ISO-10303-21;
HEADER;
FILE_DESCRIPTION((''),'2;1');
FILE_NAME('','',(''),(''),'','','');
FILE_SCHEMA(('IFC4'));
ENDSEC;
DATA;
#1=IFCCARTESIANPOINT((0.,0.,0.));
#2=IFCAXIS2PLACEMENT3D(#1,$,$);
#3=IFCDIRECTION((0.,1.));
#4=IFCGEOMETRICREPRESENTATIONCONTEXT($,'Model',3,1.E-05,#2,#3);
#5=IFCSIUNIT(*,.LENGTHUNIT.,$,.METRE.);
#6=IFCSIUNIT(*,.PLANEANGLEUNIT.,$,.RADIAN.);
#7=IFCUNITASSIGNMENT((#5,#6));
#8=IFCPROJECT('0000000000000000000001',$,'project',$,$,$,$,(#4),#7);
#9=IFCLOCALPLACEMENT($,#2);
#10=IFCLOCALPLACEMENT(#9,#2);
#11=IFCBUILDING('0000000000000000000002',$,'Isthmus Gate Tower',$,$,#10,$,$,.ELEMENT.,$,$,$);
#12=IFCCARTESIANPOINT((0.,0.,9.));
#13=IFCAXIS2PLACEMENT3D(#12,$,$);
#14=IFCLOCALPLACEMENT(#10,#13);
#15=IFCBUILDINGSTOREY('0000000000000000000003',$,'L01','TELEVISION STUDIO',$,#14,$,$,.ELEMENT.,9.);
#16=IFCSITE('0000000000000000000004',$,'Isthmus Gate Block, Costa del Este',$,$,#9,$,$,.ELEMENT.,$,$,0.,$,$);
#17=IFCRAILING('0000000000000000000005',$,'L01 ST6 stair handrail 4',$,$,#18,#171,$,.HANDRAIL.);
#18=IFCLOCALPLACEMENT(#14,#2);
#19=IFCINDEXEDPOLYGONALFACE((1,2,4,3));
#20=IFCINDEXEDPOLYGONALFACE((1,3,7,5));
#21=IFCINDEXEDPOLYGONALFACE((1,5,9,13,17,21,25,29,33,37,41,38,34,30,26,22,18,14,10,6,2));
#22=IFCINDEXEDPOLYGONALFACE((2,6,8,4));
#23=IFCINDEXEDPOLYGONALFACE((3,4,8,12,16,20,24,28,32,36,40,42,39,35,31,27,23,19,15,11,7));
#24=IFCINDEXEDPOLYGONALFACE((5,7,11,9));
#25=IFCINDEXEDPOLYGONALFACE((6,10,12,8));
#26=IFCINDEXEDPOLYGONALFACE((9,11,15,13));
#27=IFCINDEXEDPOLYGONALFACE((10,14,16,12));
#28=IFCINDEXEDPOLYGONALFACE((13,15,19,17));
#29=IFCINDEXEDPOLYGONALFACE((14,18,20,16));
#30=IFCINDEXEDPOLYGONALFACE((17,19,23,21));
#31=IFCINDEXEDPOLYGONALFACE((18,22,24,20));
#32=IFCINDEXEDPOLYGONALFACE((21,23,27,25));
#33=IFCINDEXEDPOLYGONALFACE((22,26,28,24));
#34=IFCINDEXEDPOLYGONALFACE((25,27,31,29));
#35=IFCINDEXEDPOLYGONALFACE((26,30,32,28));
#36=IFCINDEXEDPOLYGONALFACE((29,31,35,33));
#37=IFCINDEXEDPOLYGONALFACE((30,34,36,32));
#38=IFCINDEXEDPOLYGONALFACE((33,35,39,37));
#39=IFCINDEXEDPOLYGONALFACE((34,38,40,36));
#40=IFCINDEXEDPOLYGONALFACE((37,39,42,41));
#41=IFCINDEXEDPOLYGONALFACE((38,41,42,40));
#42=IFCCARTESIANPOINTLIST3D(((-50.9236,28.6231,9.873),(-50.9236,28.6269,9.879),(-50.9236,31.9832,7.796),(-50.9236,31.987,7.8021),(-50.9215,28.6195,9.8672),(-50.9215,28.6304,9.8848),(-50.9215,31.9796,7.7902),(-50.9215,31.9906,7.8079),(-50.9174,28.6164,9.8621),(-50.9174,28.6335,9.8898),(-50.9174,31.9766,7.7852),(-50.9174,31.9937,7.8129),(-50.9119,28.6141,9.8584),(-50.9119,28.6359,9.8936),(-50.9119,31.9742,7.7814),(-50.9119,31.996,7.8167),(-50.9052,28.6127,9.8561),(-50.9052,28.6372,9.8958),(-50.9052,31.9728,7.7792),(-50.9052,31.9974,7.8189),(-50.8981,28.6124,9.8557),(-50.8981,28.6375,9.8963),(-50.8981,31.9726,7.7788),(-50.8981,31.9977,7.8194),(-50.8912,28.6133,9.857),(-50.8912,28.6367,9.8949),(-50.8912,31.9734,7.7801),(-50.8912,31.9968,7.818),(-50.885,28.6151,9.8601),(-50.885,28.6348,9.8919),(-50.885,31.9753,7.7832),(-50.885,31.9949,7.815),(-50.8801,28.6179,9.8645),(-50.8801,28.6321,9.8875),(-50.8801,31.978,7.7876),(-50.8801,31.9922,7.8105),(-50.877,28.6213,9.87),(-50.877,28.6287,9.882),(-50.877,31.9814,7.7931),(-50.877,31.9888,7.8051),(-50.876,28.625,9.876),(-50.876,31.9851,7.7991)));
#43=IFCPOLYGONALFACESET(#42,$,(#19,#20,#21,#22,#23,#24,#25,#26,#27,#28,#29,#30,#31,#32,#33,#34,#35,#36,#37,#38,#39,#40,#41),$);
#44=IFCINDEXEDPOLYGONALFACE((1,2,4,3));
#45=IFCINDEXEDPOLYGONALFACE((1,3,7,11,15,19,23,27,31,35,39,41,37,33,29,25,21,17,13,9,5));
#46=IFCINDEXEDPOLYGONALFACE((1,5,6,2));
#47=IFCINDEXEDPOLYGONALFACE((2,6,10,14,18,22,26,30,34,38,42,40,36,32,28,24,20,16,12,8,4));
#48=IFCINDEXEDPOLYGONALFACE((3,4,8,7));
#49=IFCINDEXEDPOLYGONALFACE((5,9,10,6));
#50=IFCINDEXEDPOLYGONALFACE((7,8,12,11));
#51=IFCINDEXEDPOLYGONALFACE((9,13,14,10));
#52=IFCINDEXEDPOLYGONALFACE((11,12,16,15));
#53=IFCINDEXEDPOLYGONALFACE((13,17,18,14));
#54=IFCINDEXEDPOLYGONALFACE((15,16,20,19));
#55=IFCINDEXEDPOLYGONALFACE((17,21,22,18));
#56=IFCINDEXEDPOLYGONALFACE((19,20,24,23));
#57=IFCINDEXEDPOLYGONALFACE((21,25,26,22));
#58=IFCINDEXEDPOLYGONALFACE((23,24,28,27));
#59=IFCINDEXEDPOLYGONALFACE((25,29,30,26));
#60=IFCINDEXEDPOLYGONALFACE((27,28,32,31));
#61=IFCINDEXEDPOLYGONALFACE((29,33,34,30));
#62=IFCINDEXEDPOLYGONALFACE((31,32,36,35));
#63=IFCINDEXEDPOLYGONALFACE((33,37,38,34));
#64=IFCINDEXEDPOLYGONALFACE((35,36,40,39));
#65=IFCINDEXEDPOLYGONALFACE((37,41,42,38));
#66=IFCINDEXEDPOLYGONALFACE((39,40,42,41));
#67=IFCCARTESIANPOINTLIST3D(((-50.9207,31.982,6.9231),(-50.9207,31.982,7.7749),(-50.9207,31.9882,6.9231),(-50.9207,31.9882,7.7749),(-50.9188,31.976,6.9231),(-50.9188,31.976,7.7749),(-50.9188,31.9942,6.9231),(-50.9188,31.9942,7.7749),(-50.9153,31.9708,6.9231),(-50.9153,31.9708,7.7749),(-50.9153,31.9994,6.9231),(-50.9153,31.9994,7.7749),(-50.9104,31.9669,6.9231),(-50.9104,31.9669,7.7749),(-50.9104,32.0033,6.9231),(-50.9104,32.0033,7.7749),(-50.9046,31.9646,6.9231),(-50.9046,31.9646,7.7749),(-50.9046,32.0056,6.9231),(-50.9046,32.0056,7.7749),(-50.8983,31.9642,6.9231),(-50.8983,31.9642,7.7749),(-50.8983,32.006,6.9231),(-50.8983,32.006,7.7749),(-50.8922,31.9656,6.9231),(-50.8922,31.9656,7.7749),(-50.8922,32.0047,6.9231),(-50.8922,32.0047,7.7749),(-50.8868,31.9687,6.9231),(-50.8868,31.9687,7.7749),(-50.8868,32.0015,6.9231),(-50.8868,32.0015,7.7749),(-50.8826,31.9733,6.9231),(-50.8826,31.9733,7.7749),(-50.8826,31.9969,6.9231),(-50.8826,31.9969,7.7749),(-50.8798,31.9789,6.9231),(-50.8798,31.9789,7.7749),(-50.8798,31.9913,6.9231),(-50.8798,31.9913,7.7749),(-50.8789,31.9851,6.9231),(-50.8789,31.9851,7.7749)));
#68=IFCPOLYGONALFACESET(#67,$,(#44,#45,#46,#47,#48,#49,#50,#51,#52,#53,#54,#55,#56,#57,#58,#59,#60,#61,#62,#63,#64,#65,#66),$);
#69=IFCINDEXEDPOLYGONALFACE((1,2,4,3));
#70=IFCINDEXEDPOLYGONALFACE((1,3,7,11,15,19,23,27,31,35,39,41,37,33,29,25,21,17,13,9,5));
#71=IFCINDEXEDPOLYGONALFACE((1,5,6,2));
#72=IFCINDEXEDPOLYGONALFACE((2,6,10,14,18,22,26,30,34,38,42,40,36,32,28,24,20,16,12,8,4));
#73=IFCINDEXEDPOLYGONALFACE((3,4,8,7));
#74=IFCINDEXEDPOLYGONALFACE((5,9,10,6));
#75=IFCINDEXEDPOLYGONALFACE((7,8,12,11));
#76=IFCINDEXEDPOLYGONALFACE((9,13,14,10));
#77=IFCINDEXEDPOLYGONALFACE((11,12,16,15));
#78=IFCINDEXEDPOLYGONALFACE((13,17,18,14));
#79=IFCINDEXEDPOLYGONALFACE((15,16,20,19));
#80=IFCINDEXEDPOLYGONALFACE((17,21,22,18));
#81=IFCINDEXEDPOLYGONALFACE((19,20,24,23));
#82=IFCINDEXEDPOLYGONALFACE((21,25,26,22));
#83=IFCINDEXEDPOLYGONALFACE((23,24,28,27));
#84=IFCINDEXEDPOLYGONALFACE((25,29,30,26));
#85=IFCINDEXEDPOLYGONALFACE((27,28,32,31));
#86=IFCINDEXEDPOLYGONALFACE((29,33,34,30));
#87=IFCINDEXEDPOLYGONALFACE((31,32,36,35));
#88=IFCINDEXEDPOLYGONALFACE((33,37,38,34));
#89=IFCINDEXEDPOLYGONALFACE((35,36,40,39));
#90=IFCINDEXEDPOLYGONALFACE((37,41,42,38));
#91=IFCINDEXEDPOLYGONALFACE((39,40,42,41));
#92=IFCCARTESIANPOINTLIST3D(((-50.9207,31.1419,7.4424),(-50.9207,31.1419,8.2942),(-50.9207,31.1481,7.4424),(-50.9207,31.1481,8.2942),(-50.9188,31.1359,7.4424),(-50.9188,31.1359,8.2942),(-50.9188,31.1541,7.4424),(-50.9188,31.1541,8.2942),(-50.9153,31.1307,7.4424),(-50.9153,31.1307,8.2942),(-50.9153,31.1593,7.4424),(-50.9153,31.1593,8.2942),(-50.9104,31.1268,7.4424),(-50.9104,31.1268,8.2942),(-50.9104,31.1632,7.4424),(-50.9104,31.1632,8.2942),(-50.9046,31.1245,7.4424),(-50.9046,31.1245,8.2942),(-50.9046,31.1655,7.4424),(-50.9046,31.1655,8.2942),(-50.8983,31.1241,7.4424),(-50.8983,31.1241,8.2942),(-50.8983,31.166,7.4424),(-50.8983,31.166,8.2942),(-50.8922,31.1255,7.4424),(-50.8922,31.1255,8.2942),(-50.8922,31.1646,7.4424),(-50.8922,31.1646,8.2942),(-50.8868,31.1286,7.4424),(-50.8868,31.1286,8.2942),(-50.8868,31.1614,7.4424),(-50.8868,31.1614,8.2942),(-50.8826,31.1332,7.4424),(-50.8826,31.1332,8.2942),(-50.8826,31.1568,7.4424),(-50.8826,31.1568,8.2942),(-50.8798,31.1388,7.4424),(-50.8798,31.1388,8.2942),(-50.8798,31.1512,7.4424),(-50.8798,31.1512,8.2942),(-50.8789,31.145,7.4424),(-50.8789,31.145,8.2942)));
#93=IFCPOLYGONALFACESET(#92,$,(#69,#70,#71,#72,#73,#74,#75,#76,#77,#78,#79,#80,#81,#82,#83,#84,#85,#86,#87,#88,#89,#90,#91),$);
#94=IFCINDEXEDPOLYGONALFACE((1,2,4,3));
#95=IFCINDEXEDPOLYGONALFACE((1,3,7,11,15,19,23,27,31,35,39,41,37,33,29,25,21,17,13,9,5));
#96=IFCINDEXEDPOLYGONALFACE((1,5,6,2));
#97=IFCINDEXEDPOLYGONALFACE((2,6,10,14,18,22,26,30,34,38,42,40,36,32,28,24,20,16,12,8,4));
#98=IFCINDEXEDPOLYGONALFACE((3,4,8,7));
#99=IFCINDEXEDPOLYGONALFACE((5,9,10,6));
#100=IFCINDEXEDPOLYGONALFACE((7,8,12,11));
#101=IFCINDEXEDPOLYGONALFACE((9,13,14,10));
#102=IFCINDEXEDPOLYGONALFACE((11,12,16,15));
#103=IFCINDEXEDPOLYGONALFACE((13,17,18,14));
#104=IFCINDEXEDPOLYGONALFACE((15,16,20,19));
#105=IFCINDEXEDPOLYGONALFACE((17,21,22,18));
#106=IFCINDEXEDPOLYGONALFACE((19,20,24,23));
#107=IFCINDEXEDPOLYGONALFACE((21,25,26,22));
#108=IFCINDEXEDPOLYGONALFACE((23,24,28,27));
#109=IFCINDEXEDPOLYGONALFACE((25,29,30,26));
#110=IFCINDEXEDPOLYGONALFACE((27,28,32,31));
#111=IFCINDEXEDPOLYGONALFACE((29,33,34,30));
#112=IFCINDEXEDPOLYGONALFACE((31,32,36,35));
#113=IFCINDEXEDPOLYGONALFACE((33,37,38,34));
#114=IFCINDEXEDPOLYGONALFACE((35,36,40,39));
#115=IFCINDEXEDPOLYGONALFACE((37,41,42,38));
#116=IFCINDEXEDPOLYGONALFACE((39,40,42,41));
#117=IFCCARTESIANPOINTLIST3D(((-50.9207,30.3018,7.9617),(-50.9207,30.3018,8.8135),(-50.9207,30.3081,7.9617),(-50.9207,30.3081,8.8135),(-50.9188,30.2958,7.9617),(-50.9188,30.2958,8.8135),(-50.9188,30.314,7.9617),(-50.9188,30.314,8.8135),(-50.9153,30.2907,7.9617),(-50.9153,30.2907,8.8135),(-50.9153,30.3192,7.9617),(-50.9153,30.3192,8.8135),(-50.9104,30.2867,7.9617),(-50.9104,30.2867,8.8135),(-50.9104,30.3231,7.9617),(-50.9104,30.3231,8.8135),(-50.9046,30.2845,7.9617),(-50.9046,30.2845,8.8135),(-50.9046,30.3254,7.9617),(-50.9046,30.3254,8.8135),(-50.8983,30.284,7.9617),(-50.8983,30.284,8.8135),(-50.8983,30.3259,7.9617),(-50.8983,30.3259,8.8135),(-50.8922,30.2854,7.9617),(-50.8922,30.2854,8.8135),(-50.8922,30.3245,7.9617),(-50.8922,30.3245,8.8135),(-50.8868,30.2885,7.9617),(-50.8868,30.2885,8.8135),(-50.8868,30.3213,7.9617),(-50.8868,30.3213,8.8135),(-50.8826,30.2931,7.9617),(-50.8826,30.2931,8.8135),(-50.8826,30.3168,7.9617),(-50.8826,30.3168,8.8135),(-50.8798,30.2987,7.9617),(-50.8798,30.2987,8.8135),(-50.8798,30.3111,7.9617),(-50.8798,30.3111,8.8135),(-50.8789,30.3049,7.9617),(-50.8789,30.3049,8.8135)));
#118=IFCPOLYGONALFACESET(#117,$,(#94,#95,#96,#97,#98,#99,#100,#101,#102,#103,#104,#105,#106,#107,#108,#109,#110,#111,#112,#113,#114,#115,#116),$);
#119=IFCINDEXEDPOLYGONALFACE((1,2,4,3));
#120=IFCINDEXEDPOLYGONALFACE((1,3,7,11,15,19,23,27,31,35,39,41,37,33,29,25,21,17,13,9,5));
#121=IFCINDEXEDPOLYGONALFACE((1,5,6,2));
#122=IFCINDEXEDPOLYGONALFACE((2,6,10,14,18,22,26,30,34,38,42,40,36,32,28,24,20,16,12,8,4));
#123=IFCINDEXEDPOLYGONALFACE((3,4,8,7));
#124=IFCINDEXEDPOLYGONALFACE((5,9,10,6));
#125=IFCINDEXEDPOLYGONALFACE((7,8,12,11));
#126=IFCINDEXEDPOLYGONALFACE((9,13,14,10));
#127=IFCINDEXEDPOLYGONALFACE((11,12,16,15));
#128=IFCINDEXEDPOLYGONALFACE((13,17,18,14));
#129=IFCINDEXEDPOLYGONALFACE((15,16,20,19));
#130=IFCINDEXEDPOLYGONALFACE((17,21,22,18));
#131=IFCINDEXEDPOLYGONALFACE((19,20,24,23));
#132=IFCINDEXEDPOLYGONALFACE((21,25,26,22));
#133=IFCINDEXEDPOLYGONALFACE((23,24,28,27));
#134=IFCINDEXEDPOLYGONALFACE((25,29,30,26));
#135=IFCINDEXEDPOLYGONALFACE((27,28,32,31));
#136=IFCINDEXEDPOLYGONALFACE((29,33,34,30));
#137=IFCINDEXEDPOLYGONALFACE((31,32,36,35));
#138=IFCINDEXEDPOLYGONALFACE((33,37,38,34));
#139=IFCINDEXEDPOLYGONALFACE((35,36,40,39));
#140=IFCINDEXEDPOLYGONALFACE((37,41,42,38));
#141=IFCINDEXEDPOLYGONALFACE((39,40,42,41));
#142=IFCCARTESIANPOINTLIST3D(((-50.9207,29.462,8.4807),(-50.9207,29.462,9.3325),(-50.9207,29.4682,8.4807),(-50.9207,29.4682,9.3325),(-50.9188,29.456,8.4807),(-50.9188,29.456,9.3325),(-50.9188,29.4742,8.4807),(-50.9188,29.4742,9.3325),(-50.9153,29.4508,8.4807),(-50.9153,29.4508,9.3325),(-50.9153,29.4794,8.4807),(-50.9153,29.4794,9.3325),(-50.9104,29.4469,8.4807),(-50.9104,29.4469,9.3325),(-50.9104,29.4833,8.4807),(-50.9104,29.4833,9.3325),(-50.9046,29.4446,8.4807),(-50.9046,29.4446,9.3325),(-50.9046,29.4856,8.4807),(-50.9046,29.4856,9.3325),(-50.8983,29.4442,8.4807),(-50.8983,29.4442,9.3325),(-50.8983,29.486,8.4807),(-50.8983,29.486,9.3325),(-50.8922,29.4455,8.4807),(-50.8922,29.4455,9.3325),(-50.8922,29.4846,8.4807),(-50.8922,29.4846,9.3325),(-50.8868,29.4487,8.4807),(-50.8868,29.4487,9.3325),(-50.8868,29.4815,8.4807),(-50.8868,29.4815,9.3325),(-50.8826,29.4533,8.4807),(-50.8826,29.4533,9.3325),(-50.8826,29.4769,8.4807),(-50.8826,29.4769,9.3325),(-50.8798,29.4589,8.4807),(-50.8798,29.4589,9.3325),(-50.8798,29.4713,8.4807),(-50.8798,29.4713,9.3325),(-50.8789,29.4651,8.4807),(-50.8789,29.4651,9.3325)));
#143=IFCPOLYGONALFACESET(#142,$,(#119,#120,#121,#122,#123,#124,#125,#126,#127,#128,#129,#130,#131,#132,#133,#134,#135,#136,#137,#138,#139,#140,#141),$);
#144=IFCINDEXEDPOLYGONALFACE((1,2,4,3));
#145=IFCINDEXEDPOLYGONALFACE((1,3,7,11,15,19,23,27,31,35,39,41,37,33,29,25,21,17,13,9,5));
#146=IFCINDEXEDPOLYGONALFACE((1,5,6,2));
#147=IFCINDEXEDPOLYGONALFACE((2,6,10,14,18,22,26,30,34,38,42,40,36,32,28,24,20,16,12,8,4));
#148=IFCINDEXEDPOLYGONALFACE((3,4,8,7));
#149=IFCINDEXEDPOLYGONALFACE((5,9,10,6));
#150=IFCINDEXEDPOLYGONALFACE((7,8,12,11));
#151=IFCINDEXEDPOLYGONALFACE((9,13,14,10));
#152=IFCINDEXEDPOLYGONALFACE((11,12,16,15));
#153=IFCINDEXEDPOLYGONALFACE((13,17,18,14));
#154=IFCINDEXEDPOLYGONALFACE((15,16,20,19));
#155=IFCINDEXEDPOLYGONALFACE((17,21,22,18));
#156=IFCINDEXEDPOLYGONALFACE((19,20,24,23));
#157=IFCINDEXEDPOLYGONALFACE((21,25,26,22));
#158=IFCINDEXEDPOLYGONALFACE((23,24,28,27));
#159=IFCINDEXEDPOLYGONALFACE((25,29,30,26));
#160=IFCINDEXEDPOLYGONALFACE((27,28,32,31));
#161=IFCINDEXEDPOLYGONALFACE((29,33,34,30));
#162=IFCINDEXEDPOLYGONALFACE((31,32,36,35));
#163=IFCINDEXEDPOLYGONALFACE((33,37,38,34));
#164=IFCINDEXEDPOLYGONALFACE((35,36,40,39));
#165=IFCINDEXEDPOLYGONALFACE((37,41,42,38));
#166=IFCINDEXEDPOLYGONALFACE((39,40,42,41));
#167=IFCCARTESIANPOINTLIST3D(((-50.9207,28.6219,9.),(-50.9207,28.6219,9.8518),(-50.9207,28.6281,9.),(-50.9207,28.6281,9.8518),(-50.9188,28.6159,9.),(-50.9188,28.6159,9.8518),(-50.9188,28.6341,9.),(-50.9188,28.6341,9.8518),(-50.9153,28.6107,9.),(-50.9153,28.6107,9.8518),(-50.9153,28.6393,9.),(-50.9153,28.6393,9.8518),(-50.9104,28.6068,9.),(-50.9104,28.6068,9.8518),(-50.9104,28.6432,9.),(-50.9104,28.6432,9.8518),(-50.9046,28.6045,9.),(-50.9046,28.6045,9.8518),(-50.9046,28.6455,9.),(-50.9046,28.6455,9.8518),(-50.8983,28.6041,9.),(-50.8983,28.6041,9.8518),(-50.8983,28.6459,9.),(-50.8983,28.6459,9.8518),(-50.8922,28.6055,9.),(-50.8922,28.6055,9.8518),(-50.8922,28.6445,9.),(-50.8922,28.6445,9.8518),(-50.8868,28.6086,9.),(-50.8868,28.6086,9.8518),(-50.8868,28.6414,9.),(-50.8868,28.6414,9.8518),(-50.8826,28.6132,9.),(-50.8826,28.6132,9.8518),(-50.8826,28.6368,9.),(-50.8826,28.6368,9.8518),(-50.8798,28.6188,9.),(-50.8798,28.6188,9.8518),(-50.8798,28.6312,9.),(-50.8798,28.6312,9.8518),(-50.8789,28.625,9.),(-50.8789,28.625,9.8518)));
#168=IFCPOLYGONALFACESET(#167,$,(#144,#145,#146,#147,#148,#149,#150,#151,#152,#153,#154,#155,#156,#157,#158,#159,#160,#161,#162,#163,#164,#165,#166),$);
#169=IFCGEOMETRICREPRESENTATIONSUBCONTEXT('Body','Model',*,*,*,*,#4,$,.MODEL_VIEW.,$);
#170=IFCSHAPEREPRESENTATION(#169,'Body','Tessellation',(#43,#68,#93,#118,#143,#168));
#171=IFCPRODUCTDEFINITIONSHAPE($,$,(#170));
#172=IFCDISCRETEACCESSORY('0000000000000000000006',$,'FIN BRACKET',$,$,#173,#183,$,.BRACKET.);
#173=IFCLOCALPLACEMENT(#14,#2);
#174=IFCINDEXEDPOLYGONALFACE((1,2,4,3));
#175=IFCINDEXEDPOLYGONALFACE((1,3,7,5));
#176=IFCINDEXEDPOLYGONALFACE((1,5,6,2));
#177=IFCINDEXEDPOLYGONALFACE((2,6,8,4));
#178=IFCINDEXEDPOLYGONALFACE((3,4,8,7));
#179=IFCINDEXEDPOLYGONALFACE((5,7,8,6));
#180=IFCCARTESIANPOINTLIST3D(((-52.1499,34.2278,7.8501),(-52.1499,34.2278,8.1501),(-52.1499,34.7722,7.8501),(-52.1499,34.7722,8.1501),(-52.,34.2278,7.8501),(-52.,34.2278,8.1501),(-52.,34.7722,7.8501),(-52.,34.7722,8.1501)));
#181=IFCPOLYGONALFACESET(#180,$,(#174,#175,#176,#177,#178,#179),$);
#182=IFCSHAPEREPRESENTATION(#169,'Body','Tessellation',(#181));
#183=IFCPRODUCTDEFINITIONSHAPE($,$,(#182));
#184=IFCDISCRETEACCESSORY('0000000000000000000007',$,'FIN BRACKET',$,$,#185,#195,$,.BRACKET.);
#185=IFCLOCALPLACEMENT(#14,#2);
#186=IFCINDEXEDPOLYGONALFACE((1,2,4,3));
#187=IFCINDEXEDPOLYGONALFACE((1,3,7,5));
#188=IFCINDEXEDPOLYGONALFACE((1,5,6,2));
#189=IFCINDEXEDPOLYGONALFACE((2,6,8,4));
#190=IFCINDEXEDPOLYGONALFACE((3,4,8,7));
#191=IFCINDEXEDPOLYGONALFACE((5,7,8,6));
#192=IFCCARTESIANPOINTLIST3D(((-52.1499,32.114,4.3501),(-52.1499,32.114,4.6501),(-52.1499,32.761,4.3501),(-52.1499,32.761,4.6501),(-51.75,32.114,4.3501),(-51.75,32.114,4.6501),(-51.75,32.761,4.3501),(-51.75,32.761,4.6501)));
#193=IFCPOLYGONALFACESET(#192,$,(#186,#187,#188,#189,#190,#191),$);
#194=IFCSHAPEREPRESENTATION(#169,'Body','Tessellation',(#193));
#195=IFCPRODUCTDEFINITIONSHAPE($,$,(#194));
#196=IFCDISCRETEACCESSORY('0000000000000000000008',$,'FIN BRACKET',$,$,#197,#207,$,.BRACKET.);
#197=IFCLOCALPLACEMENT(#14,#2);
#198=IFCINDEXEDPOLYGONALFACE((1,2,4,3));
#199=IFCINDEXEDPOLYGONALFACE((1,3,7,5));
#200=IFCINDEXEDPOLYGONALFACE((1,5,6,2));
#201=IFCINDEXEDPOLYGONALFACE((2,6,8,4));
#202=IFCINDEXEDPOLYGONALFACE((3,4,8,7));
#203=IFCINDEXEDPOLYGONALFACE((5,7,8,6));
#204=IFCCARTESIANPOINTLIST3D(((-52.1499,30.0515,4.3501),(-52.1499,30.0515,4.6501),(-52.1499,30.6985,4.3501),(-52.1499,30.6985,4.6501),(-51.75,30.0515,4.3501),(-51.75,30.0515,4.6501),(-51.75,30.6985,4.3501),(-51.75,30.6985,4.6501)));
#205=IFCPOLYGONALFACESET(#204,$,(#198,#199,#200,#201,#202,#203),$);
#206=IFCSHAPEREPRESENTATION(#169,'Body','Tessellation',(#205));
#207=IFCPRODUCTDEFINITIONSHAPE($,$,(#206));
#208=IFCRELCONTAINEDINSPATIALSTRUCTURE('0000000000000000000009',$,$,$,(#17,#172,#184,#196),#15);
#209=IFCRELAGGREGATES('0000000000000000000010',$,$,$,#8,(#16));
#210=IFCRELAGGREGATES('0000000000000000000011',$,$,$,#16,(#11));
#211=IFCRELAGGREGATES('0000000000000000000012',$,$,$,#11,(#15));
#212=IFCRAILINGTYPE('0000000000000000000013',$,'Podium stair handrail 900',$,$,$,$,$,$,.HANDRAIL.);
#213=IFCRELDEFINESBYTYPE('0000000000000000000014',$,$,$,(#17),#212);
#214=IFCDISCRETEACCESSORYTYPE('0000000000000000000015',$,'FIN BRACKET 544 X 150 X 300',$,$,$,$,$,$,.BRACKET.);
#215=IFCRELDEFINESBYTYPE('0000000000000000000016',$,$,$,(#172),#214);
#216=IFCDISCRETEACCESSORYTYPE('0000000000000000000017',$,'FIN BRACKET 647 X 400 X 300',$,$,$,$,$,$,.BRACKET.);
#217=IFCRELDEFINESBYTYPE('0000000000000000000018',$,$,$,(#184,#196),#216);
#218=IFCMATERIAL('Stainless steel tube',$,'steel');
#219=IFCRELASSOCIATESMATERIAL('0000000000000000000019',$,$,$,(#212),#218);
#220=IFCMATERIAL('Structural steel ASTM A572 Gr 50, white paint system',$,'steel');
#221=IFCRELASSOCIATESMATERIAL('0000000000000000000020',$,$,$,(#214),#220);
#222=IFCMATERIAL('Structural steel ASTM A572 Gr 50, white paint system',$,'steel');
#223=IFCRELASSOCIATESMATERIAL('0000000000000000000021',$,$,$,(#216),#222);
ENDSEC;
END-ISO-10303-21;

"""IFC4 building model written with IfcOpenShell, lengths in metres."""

from ifc_helpers import new_model, si_unit, direction, frame, origin, origin_2d, place, context, subcontext, project, spatial, rectangle, circle, extrude, material, type_object, element, save


model = new_model("IFC4")

# Units and contexts
model_context = context("Model", 3, precision=1e-05, world=origin(), true_north=direction((0.0, 1.0)))
body_context = subcontext(model_context, "Body", "Model", "MODEL_VIEW")
ifc_project = project(units=[si_unit("LENGTHUNIT", "METRE"), si_unit("PLANEANGLEUNIT", "RADIAN")], contexts=[model_context])

# Site, building, storey
site_placement = place(None, origin())
site = spatial("IfcSite", under=ifc_project, at=site_placement, Name="Isthmus Gate Block, Costa del Este", CompositionType="ELEMENT", RefElevation=0.0)
building_placement = place(site_placement, origin())
building = spatial("IfcBuilding", under=site, at=building_placement, Name="Isthmus Gate Tower", CompositionType="ELEMENT")
storey_placement = place(building_placement, frame((0.0, 0.0, 9.0)))
storey = spatial("IfcBuildingStorey", under=building, at=storey_placement, Name="L01", Description="TELEVISION STUDIO", CompositionType="ELEMENT", Elevation=9.0)

# Railing
ifc_material_1 = material(Name="Stainless steel tube", Category="steel")
railing_type_1 = type_object("IfcRailingType", Name="Podium stair handrail 900", PredefinedType="HANDRAIL", material=ifc_material_1)
for number, where, name in (
    (1, (-50.8999, 31.9851, 6.9231), "L01 ST6 stair handrail 4"),
):
    element("IfcRailing", number, at=place(storey_placement, frame(where)), inside=storey, type_object=railing_type_1, Name=name, PredefinedType="HANDRAIL", context=body_context, shape_type="SweptSolid", body=[
        extrude(circle(Radius=0.0239, at=origin_2d()), frame((0.0, 0.0, 0.876), z_axis=(0.0, -0.850623, 0.525776), x_axis=(1.0, 0.0, 0.0)), (0.0, 0.0, 1.0), 3.9502),
        extrude(circle(Radius=0.021, at=origin_2d()), origin(), (0.0, 0.0, 1.0), 0.8518),
        extrude(circle(Radius=0.021, at=origin_2d()), frame((0.0, -0.8401, 0.5193)), (0.0, 0.0, 1.0), 0.8518),
        extrude(circle(Radius=0.021, at=origin_2d()), frame((0.0, -1.6802, 1.0386)), (0.0, 0.0, 1.0), 0.8518),
        extrude(circle(Radius=0.021, at=origin_2d()), frame((0.0, -2.52, 1.5576)), (0.0, 0.0, 1.0), 0.8518),
        extrude(circle(Radius=0.021, at=origin_2d()), frame((0.0, -3.3601, 2.0769)), (0.0, 0.0, 1.0), 0.8518),
    ])

# Discrete accessories
ifc_material_2 = material(Name="Structural steel ASTM A572 Gr 50, white paint system", Category="steel")
discrete_accessory_type_1 = type_object("IfcDiscreteAccessoryType", Name="FIN BRACKET 544 X 150 X 300", PredefinedType="BRACKET", material=ifc_material_2)
discrete_accessory_placement = place(storey_placement, frame((-52.075, 34.5, 7.8501), z_axis=(0.0, 0.0, 1.0), x_axis=(-1.0, 0.0, 0.0)))
element("IfcDiscreteAccessory", 2, at=discrete_accessory_placement, inside=storey, type_object=discrete_accessory_type_1, Name="FIN BRACKET", PredefinedType="BRACKET", context=body_context, shape_type="SweptSolid", body=[
    extrude(rectangle(XDim=0.1499, YDim=0.5444, at=origin_2d()), origin(), (0.0, 0.0, 1.0), 0.3),
])
ifc_material_3 = material(Name="Structural steel ASTM A572 Gr 50, white paint system", Category="steel")
discrete_accessory_type_2 = type_object("IfcDiscreteAccessoryType", Name="FIN BRACKET 647 X 400 X 300", PredefinedType="BRACKET", material=ifc_material_3)
for number, where, z_axis, x_axis, name in (
    (3, (-51.95, 32.4375, 4.3501), (0.0, 0.0, 1.0), (-1.0, 0.0, 0.0), "FIN BRACKET"),
    (4, (-51.95, 30.375, 4.3501), (0.0, 0.0, 1.0), (-1.0, 0.0, 0.0), "FIN BRACKET"),
):
    element("IfcDiscreteAccessory", number, at=place(storey_placement, frame(where, z_axis=z_axis, x_axis=x_axis)), inside=storey, type_object=discrete_accessory_type_2, Name=name, PredefinedType="BRACKET", context=body_context, shape_type="SweptSolid", body=[
        extrude(rectangle(XDim=0.3999, YDim=0.647, at=origin_2d()), origin(), (0.0, 0.0, 1.0), 0.3),
    ])

save(model, "model.ifc")
